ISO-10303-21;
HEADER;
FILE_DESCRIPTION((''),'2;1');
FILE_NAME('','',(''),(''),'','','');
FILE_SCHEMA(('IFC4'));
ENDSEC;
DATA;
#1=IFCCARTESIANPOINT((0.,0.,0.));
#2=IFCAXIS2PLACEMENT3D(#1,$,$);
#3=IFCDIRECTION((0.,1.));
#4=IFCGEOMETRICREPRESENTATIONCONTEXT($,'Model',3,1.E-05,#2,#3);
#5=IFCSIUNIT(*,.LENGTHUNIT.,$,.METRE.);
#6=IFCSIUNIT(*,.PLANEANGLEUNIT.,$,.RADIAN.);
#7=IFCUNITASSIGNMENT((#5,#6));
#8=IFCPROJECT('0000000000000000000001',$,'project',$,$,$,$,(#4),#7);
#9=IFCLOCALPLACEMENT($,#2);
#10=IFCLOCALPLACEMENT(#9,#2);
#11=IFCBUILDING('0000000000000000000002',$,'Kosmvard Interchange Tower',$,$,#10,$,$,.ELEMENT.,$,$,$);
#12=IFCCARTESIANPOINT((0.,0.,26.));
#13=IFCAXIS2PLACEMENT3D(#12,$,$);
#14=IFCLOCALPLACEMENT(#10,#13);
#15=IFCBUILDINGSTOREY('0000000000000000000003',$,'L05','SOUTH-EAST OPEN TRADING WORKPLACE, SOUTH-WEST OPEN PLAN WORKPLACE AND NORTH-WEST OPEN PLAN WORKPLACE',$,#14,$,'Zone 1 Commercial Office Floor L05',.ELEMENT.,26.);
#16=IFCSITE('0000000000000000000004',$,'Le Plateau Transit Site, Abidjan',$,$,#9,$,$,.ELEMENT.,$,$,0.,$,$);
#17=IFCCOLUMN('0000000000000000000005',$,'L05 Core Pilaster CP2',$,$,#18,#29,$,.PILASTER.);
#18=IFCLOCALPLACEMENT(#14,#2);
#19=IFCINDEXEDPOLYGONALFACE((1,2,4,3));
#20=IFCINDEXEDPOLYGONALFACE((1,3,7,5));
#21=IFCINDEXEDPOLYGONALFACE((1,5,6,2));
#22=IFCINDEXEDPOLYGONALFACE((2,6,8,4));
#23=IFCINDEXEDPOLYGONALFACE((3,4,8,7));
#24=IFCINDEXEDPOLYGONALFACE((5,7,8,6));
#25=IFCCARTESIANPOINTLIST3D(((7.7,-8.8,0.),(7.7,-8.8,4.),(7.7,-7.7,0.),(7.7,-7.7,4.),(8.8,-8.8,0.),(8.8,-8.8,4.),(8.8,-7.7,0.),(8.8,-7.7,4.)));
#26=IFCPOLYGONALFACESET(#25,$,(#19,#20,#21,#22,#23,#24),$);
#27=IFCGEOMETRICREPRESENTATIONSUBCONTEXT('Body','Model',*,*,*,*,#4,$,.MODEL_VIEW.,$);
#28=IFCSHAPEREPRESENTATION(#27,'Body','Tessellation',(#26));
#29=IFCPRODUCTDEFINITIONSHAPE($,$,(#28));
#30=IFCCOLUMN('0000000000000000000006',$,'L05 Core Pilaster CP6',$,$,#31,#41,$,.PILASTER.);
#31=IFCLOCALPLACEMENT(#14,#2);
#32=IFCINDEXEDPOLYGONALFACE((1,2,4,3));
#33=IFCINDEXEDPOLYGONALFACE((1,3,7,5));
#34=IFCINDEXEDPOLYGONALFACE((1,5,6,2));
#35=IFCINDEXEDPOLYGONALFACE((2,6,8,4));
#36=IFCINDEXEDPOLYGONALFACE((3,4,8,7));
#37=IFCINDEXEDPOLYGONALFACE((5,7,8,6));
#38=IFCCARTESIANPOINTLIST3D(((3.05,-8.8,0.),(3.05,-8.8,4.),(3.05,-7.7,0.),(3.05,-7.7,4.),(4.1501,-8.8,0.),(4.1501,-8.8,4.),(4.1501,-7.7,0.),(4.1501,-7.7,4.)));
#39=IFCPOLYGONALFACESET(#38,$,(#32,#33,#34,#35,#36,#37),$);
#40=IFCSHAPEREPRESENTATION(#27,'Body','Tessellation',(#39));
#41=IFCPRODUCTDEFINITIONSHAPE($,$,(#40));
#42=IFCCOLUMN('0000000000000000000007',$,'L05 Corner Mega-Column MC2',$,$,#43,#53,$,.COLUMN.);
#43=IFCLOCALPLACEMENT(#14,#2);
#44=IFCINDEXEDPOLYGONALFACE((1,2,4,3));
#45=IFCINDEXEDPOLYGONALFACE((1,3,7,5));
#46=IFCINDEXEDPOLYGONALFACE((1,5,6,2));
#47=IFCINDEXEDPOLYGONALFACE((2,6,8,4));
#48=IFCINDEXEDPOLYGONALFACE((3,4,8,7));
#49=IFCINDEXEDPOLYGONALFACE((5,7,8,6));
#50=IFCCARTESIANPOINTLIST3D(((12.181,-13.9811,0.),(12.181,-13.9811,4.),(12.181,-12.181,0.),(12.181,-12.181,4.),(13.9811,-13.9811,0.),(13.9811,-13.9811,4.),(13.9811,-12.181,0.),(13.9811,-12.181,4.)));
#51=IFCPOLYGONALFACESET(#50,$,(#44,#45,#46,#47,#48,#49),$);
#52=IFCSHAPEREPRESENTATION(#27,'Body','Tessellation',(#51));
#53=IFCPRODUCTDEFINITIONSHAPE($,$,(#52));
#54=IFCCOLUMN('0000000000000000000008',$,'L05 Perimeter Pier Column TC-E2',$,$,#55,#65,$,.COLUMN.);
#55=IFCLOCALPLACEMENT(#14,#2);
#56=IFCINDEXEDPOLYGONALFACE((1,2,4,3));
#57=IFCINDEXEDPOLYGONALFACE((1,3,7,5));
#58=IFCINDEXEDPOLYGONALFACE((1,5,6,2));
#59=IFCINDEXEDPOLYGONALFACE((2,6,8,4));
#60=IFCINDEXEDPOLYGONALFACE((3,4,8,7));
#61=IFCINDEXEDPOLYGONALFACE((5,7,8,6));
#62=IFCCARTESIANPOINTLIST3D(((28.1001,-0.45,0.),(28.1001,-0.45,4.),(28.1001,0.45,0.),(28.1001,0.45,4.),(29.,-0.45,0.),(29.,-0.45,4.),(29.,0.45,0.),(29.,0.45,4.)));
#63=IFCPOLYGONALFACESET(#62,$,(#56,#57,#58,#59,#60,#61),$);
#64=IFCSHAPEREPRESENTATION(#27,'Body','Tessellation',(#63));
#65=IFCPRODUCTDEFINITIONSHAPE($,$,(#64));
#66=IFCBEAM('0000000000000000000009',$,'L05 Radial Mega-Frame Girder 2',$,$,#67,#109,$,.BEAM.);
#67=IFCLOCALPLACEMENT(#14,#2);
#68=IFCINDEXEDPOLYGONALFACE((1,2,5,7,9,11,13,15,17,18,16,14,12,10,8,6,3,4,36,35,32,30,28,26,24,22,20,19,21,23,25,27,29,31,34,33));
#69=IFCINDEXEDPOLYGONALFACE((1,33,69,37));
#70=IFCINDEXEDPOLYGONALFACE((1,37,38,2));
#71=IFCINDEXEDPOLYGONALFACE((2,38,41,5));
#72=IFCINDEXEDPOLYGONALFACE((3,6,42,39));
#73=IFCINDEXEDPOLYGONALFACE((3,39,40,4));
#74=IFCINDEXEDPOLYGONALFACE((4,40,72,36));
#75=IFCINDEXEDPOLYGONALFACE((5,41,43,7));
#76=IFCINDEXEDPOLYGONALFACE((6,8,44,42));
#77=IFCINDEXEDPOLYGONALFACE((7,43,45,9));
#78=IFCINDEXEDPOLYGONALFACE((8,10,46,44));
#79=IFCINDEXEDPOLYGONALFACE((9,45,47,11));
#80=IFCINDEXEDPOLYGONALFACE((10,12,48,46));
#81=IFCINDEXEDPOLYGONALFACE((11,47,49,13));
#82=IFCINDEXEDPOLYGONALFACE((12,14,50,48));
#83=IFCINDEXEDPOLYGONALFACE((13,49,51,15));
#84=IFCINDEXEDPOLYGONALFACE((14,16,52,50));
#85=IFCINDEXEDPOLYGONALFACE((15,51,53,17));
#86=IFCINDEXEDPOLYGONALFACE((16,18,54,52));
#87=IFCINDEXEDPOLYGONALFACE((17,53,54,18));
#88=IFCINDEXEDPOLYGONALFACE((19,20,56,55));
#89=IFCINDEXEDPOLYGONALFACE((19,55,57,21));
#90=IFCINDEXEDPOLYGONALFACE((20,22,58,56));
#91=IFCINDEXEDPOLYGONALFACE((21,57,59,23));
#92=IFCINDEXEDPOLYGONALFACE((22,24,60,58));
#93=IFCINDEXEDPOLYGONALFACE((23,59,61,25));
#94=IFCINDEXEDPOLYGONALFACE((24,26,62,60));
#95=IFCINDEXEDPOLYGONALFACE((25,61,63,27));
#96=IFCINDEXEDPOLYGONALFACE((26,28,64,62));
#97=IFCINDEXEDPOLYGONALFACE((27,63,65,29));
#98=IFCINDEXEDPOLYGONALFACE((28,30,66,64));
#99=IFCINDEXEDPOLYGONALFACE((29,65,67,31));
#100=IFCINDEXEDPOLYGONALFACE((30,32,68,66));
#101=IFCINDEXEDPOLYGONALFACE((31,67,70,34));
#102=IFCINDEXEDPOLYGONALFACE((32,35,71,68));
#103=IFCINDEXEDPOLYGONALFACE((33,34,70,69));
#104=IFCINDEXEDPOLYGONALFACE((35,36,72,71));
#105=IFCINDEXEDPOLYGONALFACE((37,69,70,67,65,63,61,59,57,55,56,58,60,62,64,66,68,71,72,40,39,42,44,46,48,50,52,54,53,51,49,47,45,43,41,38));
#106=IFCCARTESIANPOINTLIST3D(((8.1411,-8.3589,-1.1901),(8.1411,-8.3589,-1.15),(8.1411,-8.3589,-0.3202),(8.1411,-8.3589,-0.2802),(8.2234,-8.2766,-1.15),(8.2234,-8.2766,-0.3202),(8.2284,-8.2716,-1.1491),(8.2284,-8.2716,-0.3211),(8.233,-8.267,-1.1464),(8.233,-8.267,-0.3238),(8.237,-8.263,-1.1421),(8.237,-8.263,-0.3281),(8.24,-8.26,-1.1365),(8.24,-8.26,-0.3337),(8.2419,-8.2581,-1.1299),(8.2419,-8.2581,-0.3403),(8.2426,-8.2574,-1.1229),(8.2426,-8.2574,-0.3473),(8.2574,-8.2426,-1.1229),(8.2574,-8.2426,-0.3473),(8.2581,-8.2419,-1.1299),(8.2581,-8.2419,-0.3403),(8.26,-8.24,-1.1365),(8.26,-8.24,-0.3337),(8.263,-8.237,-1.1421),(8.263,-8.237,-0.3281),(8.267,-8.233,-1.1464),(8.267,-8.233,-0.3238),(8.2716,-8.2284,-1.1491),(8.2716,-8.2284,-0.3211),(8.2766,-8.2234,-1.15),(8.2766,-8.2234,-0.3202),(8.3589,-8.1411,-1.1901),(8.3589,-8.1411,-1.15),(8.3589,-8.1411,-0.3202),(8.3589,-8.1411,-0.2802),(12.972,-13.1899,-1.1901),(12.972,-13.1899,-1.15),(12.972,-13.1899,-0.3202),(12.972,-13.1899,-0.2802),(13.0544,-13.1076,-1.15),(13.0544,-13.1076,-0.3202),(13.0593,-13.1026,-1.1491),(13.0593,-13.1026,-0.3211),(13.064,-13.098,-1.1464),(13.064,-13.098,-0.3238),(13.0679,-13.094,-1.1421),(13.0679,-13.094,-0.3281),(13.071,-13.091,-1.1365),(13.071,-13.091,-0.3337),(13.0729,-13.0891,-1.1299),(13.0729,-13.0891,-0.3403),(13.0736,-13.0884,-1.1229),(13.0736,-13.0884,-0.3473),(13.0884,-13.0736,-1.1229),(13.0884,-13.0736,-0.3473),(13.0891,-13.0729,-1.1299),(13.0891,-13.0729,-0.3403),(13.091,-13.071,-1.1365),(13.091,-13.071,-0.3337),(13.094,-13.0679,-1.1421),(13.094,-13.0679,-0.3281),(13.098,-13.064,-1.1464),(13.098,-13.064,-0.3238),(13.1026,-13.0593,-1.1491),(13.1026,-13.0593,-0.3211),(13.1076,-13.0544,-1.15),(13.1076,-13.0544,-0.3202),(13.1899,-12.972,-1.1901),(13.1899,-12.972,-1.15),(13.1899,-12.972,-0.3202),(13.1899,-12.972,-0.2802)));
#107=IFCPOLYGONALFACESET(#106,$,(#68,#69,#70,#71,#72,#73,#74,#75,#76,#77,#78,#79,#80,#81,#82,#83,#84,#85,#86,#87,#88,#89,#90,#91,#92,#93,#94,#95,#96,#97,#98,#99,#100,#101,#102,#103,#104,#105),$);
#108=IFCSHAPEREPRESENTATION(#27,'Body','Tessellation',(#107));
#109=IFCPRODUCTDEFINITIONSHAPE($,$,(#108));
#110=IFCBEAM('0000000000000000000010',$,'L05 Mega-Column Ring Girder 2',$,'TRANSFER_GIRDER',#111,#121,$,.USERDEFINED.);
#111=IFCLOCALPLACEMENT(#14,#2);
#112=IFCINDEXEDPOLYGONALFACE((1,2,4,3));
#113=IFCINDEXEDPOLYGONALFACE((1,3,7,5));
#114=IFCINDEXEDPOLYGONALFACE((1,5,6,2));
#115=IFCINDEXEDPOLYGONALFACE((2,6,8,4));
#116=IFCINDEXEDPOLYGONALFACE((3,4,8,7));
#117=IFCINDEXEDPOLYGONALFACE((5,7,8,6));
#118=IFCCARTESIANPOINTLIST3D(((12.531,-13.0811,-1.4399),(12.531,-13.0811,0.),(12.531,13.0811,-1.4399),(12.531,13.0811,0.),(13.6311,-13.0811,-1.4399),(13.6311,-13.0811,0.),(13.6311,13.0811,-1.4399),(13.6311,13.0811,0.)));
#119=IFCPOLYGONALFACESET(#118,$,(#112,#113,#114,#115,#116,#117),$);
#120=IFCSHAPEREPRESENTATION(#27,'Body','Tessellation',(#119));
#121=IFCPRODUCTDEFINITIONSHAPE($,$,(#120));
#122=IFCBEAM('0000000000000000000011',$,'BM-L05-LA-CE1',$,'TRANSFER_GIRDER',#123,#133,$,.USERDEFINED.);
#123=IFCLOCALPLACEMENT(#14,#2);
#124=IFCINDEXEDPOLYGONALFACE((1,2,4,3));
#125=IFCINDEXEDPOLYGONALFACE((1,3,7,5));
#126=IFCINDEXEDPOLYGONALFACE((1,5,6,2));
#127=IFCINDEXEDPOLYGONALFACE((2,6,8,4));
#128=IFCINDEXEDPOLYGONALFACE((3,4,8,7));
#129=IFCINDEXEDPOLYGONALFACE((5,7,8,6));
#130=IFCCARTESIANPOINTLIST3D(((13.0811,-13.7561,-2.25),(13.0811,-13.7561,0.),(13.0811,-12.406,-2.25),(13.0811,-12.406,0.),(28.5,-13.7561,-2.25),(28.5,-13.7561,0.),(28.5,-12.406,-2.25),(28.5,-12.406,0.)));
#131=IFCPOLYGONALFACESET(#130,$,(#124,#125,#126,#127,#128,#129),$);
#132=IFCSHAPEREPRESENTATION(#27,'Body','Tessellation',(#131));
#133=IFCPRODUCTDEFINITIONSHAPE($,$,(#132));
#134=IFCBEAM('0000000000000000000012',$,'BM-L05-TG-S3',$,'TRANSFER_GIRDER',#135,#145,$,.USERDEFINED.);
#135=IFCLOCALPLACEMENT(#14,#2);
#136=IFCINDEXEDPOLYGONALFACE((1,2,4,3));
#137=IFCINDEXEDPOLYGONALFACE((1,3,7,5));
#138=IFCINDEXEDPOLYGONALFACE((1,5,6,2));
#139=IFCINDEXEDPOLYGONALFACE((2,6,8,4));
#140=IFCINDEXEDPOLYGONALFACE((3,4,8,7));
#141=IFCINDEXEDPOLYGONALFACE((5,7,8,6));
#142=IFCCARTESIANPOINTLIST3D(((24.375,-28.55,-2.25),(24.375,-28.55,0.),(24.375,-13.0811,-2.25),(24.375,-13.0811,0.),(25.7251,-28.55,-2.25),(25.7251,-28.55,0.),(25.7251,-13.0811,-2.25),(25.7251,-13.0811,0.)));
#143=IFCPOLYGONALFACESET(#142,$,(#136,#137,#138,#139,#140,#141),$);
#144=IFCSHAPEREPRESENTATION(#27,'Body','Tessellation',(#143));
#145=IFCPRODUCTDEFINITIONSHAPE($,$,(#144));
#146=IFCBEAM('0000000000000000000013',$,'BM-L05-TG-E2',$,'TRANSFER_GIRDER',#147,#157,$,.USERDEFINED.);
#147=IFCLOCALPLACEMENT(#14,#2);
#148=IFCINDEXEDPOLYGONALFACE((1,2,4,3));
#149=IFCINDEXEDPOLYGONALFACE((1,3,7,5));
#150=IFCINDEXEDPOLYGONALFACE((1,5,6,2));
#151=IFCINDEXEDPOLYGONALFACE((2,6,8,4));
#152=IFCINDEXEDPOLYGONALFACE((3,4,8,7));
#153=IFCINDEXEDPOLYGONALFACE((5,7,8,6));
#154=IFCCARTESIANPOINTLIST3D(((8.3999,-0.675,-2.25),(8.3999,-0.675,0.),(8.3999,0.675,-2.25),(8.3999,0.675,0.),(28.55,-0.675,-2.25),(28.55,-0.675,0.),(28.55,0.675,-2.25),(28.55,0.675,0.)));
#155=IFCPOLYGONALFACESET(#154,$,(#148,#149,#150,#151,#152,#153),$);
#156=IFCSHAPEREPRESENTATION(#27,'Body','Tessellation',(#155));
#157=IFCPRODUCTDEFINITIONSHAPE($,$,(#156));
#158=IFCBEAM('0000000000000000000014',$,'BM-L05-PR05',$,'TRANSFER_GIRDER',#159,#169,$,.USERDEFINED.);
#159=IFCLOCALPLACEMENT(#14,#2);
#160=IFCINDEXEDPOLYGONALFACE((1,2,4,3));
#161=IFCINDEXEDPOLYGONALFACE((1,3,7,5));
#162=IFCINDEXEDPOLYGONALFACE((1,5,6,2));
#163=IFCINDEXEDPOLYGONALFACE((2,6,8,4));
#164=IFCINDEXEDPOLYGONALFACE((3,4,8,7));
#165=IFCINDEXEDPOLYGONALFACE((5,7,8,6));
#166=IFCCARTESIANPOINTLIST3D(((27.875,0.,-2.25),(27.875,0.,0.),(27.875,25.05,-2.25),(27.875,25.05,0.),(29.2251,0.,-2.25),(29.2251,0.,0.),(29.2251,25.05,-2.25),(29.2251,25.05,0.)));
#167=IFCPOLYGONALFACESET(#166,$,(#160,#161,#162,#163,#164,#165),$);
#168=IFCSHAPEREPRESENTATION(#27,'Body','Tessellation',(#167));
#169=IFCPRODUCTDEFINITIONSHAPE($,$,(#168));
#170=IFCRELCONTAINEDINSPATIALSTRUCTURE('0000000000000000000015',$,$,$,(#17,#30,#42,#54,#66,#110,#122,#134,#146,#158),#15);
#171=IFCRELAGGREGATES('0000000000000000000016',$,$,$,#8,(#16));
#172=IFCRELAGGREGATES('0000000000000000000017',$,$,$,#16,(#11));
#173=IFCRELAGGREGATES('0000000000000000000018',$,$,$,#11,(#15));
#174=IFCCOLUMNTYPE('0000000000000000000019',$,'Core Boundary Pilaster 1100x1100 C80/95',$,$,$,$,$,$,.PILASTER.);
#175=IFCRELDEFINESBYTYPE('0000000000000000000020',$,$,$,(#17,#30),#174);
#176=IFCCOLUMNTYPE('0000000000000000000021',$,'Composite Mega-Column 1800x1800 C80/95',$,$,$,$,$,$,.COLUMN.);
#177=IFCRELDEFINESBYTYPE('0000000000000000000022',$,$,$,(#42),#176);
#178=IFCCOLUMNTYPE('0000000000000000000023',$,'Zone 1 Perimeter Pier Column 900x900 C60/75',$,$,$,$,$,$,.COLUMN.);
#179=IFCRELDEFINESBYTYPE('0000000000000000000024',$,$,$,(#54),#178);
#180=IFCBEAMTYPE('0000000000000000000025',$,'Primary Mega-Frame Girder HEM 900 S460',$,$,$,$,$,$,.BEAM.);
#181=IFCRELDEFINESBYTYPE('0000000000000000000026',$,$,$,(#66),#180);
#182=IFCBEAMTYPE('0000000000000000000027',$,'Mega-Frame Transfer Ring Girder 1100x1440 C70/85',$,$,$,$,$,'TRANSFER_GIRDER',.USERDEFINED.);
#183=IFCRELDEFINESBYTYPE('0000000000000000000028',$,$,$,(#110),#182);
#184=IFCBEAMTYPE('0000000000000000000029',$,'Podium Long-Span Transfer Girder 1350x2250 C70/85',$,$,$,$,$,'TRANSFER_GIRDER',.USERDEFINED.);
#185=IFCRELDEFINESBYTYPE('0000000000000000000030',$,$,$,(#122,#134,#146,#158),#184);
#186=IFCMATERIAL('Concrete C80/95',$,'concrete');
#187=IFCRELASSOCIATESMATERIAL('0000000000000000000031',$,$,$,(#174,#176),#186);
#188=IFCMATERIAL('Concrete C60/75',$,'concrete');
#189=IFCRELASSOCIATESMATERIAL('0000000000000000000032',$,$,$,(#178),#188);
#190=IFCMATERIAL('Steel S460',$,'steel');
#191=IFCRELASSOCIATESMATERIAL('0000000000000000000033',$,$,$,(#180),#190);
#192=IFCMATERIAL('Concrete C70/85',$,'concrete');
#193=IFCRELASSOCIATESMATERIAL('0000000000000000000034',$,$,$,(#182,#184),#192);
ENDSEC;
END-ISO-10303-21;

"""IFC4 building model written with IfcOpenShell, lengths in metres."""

from ifc_helpers import new_model, si_unit, direction, frame, origin, origin_2d, place, context, subcontext, project, spatial, rectangle, i_section, extrude, source, transform, mapped, material, material_profile, profile_set, type_object, element, save


model = new_model("IFC4")

# Units and contexts
model_context = context("Model", 3, precision=1e-05, world=origin(), true_north=direction((0.0, 1.0)))
body_context = subcontext(model_context, "Body", "Model", "MODEL_VIEW")
ifc_project = project(units=[si_unit("LENGTHUNIT", "METRE"), si_unit("PLANEANGLEUNIT", "RADIAN")], contexts=[model_context])

# Site, building, storey
site_placement = place(None, origin())
site = spatial("IfcSite", under=ifc_project, at=site_placement, Name="Le Plateau Transit Site, Abidjan", CompositionType="ELEMENT", RefElevation=0.0)
building_placement = place(site_placement, origin())
building = spatial("IfcBuilding", under=site, at=building_placement, Name="Kosmvard Interchange Tower", CompositionType="ELEMENT")
storey_placement = place(building_placement, frame((0.0, 0.0, 26.0)))
storey = spatial("IfcBuildingStorey", under=building, at=storey_placement, Name="L05", Description="SOUTH-EAST OPEN TRADING WORKPLACE, SOUTH-WEST OPEN PLAN WORKPLACE AND NORTH-WEST OPEN PLAN WORKPLACE", LongName="Zone 1 Commercial Office Floor L05", CompositionType="ELEMENT", Elevation=26.0)

# Columns
ifc_material_1 = material(Name="Concrete C80/95", Category="concrete")
ifc_material_profile_1 = material_profile(ifc_material_1, rectangle(XDim=1.1001, YDim=1.1001, at=origin_2d()), Name="CP 1100x1100")
ifc_profile_set_1 = profile_set([ifc_material_profile_1], Name="Concrete C80/95")
column_type_1 = type_object("IfcColumnType", Name="Core Boundary Pilaster 1100x1100 C80/95", PredefinedType="PILASTER", material=ifc_profile_set_1)
shared_shape_1 = source(origin(), body_context, "Body", "SweptSolid", [
    extrude(rectangle(XDim=1.1001, YDim=1.1001, at=origin_2d()), origin(), (0.0, 0.0, 1.0), 4.0),
])
for number, where, z_axis, x_axis, name in (
    (1, (8.25, -8.25, 0.0), (0.0, 0.0, 1.0), (1.0, 0.0, 0.0), "L05 Core Pilaster CP2"),
    (2, (3.6001, -8.25, 0.0), (0.0, 0.0, 1.0), (1.0, 0.0, 0.0), "L05 Core Pilaster CP6"),
):
    element("IfcColumn", number, at=place(storey_placement, frame(where, z_axis=z_axis, x_axis=x_axis)), inside=storey, type_object=column_type_1, Name=name, PredefinedType="PILASTER", context=body_context, shape_type="MappedRepresentation", body=[
        mapped(shared_shape_1, transform((0.0, 0.0, 0.0), scale=1.0)),
    ])
ifc_material_profile_2 = material_profile(ifc_material_1, rectangle(XDim=1.8, YDim=1.8, at=origin_2d()), Name="MC 1800x1800")
ifc_profile_set_2 = profile_set([ifc_material_profile_2], Name="Concrete C80/95")
column_type_2 = type_object("IfcColumnType", Name="Composite Mega-Column 1800x1800 C80/95", PredefinedType="COLUMN", material=ifc_profile_set_2)
shared_shape_2 = source(origin(), body_context, "Body", "SweptSolid", [
    extrude(rectangle(XDim=1.8, YDim=1.8, at=origin_2d()), origin(), (0.0, 0.0, 1.0), 4.0),
])
column_1_placement = place(storey_placement, frame((13.0811, -13.0811, 0.0), z_axis=(0.0, 0.0, 1.0), x_axis=(1.0, 0.0, 0.0)))
element("IfcColumn", 3, at=column_1_placement, inside=storey, type_object=column_type_2, Name="L05 Corner Mega-Column MC2", PredefinedType="COLUMN", context=body_context, shape_type="MappedRepresentation", body=[
    mapped(shared_shape_2, transform((0.0, 0.0, 0.0), scale=1.0)),
])
ifc_material_2 = material(Name="Concrete C60/75", Category="concrete")
ifc_material_profile_3 = material_profile(ifc_material_2, rectangle(XDim=0.8999, YDim=0.8999, at=origin_2d()), Name="TC 900x900")
ifc_profile_set_3 = profile_set([ifc_material_profile_3], Name="Concrete C60/75")
column_type_3 = type_object("IfcColumnType", Name="Zone 1 Perimeter Pier Column 900x900 C60/75", PredefinedType="COLUMN", material=ifc_profile_set_3)
shared_shape_3 = source(origin(), body_context, "Body", "SweptSolid", [
    extrude(rectangle(XDim=0.8999, YDim=0.8999, at=origin_2d()), origin(), (0.0, 0.0, 1.0), 4.0),
])
column_2_placement = place(storey_placement, frame((28.55, 0.0, 0.0), z_axis=(0.0, 0.0, 1.0), x_axis=(1.0, 0.0, 0.0)))
element("IfcColumn", 4, at=column_2_placement, inside=storey, type_object=column_type_3, Name="L05 Perimeter Pier Column TC-E2", PredefinedType="COLUMN", context=body_context, shape_type="MappedRepresentation", body=[
    mapped(shared_shape_3, transform((0.0, 0.0, 0.0), scale=1.0)),
])

# Beams
ifc_material_3 = material(Name="Steel S460", Category="steel")
ifc_material_profile_4 = material_profile(ifc_material_3, i_section(OverallWidth=0.3081, OverallDepth=0.9099, WebThickness=0.021, FlangeThickness=0.04, FilletRadius=0.0271, at=origin_2d()), Name="HEM 900")
ifc_profile_set_4 = profile_set([ifc_material_profile_4], Name="Steel S460")
beam_type_1 = type_object("IfcBeamType", Name="Primary Mega-Frame Girder HEM 900 S460", PredefinedType="BEAM", material=ifc_profile_set_4)
shared_shape_4 = source(origin(), body_context, "Body", "SweptSolid", [
    extrude(i_section(OverallWidth=0.3081, OverallDepth=0.9099, WebThickness=0.021, FlangeThickness=0.04, FilletRadius=0.0271, at=origin_2d()), origin(), (0.0, 0.0, 1.0), 6.832),
])
beam_1_placement = place(storey_placement, frame((8.25, -8.25, -0.7351), z_axis=(0.707107, -0.707107, 0.0), x_axis=(0.707107, 0.707107, 0.0)))
element("IfcBeam", 5, at=beam_1_placement, inside=storey, type_object=beam_type_1, Name="L05 Radial Mega-Frame Girder 2", PredefinedType="BEAM", context=body_context, shape_type="MappedRepresentation", body=[
    mapped(shared_shape_4, transform((0.0, 0.0, 0.0), scale=1.0)),
])
ifc_material_4 = material(Name="Concrete C70/85", Category="concrete")
ifc_material_profile_5 = material_profile(ifc_material_4, rectangle(XDim=1.1001, YDim=1.4399, at=origin_2d()), Name="TG 1100x1440")
ifc_profile_set_5 = profile_set([ifc_material_profile_5], Name="Concrete C70/85")
beam_type_2 = type_object("IfcBeamType", Name="Mega-Frame Transfer Ring Girder 1100x1440 C70/85", ElementType="TRANSFER_GIRDER", PredefinedType="USERDEFINED", material=ifc_profile_set_5)
shared_shape_5 = source(origin(), body_context, "Body", "SweptSolid", [
    extrude(rectangle(XDim=1.1001, YDim=1.4399, at=origin_2d()), origin(), (0.0, 0.0, 1.0), 26.1621),
])
beam_2_placement = place(storey_placement, frame((13.0811, -13.0811, -0.72), z_axis=(0.0, 1.0, 0.0), x_axis=(-1.0, 0.0, 0.0)))
element("IfcBeam", 6, at=beam_2_placement, inside=storey, type_object=beam_type_2, Name="L05 Mega-Column Ring Girder 2", ObjectType="TRANSFER_GIRDER", PredefinedType="USERDEFINED", context=body_context, shape_type="MappedRepresentation", body=[
    mapped(shared_shape_5, transform((0.0, 0.0, 0.0), scale=1.0)),
])
ifc_material_profile_6 = material_profile(ifc_material_4, rectangle(XDim=1.3501, YDim=2.25, at=origin_2d()), Name="TG 1350x2250")
ifc_profile_set_6 = profile_set([ifc_material_profile_6], Name="Concrete C70/85")
beam_type_3 = type_object("IfcBeamType", Name="Podium Long-Span Transfer Girder 1350x2250 C70/85", ElementType="TRANSFER_GIRDER", PredefinedType="USERDEFINED", material=ifc_profile_set_6)
shared_shape_6 = source(origin(), body_context, "Body", "SweptSolid", [
    extrude(rectangle(XDim=1.3501, YDim=2.25, at=origin_2d()), origin(), (0.0, 0.0, 1.0), 15.4189),
])
beam_3_placement = place(storey_placement, frame((13.0811, -13.0811, -1.125), z_axis=(1.0, 0.0, 0.0), x_axis=(0.0, 1.0, 0.0)))
element("IfcBeam", 7, at=beam_3_placement, inside=storey, type_object=beam_type_3, Name="BM-L05-LA-CE1", ObjectType="TRANSFER_GIRDER", PredefinedType="USERDEFINED", context=body_context, shape_type="MappedRepresentation", body=[
    mapped(shared_shape_6, transform((0.0, 0.0, 0.0), scale=1.0)),
])
shared_shape_7 = source(origin(), body_context, "Body", "SweptSolid", [
    extrude(rectangle(XDim=1.3501, YDim=2.25, at=origin_2d()), origin(), (0.0, 0.0, 1.0), 15.469),
])
beam_4_placement = place(storey_placement, frame((25.05, -13.0811, -1.125), z_axis=(0.0, -1.0, 0.0), x_axis=(1.0, 0.0, 0.0)))
element("IfcBeam", 8, at=beam_4_placement, inside=storey, type_object=beam_type_3, Name="BM-L05-TG-S3", ObjectType="TRANSFER_GIRDER", PredefinedType="USERDEFINED", context=body_context, shape_type="MappedRepresentation", body=[
    mapped(shared_shape_7, transform((0.0, 0.0, 0.0), scale=1.0)),
])
shared_shape_8 = source(origin(), body_context, "Body", "SweptSolid", [
    extrude(rectangle(XDim=1.3501, YDim=2.25, at=origin_2d()), origin(), (0.0, 0.0, 1.0), 20.1501),
])
beam_5_placement = place(storey_placement, frame((8.3999, 0.0, -1.125), z_axis=(1.0, 0.0, 0.0), x_axis=(0.0, 1.0, 0.0)))
element("IfcBeam", 9, at=beam_5_placement, inside=storey, type_object=beam_type_3, Name="BM-L05-TG-E2", ObjectType="TRANSFER_GIRDER", PredefinedType="USERDEFINED", context=body_context, shape_type="MappedRepresentation", body=[
    mapped(shared_shape_8, transform((0.0, 0.0, 0.0), scale=1.0)),
])
shared_shape_9 = source(origin(), body_context, "Body", "SweptSolid", [
    extrude(rectangle(XDim=1.3501, YDim=2.25, at=origin_2d()), origin(), (0.0, 0.0, 1.0), 25.05),
])
beam_6_placement = place(storey_placement, frame((28.55, 0.0, -1.125), z_axis=(0.0, 1.0, 0.0), x_axis=(-1.0, 0.0, 0.0)))
element("IfcBeam", 10, at=beam_6_placement, inside=storey, type_object=beam_type_3, Name="BM-L05-PR05", ObjectType="TRANSFER_GIRDER", PredefinedType="USERDEFINED", context=body_context, shape_type="MappedRepresentation", body=[
    mapped(shared_shape_9, transform((0.0, 0.0, 0.0), scale=1.0)),
])

save(model, "model.ifc")
